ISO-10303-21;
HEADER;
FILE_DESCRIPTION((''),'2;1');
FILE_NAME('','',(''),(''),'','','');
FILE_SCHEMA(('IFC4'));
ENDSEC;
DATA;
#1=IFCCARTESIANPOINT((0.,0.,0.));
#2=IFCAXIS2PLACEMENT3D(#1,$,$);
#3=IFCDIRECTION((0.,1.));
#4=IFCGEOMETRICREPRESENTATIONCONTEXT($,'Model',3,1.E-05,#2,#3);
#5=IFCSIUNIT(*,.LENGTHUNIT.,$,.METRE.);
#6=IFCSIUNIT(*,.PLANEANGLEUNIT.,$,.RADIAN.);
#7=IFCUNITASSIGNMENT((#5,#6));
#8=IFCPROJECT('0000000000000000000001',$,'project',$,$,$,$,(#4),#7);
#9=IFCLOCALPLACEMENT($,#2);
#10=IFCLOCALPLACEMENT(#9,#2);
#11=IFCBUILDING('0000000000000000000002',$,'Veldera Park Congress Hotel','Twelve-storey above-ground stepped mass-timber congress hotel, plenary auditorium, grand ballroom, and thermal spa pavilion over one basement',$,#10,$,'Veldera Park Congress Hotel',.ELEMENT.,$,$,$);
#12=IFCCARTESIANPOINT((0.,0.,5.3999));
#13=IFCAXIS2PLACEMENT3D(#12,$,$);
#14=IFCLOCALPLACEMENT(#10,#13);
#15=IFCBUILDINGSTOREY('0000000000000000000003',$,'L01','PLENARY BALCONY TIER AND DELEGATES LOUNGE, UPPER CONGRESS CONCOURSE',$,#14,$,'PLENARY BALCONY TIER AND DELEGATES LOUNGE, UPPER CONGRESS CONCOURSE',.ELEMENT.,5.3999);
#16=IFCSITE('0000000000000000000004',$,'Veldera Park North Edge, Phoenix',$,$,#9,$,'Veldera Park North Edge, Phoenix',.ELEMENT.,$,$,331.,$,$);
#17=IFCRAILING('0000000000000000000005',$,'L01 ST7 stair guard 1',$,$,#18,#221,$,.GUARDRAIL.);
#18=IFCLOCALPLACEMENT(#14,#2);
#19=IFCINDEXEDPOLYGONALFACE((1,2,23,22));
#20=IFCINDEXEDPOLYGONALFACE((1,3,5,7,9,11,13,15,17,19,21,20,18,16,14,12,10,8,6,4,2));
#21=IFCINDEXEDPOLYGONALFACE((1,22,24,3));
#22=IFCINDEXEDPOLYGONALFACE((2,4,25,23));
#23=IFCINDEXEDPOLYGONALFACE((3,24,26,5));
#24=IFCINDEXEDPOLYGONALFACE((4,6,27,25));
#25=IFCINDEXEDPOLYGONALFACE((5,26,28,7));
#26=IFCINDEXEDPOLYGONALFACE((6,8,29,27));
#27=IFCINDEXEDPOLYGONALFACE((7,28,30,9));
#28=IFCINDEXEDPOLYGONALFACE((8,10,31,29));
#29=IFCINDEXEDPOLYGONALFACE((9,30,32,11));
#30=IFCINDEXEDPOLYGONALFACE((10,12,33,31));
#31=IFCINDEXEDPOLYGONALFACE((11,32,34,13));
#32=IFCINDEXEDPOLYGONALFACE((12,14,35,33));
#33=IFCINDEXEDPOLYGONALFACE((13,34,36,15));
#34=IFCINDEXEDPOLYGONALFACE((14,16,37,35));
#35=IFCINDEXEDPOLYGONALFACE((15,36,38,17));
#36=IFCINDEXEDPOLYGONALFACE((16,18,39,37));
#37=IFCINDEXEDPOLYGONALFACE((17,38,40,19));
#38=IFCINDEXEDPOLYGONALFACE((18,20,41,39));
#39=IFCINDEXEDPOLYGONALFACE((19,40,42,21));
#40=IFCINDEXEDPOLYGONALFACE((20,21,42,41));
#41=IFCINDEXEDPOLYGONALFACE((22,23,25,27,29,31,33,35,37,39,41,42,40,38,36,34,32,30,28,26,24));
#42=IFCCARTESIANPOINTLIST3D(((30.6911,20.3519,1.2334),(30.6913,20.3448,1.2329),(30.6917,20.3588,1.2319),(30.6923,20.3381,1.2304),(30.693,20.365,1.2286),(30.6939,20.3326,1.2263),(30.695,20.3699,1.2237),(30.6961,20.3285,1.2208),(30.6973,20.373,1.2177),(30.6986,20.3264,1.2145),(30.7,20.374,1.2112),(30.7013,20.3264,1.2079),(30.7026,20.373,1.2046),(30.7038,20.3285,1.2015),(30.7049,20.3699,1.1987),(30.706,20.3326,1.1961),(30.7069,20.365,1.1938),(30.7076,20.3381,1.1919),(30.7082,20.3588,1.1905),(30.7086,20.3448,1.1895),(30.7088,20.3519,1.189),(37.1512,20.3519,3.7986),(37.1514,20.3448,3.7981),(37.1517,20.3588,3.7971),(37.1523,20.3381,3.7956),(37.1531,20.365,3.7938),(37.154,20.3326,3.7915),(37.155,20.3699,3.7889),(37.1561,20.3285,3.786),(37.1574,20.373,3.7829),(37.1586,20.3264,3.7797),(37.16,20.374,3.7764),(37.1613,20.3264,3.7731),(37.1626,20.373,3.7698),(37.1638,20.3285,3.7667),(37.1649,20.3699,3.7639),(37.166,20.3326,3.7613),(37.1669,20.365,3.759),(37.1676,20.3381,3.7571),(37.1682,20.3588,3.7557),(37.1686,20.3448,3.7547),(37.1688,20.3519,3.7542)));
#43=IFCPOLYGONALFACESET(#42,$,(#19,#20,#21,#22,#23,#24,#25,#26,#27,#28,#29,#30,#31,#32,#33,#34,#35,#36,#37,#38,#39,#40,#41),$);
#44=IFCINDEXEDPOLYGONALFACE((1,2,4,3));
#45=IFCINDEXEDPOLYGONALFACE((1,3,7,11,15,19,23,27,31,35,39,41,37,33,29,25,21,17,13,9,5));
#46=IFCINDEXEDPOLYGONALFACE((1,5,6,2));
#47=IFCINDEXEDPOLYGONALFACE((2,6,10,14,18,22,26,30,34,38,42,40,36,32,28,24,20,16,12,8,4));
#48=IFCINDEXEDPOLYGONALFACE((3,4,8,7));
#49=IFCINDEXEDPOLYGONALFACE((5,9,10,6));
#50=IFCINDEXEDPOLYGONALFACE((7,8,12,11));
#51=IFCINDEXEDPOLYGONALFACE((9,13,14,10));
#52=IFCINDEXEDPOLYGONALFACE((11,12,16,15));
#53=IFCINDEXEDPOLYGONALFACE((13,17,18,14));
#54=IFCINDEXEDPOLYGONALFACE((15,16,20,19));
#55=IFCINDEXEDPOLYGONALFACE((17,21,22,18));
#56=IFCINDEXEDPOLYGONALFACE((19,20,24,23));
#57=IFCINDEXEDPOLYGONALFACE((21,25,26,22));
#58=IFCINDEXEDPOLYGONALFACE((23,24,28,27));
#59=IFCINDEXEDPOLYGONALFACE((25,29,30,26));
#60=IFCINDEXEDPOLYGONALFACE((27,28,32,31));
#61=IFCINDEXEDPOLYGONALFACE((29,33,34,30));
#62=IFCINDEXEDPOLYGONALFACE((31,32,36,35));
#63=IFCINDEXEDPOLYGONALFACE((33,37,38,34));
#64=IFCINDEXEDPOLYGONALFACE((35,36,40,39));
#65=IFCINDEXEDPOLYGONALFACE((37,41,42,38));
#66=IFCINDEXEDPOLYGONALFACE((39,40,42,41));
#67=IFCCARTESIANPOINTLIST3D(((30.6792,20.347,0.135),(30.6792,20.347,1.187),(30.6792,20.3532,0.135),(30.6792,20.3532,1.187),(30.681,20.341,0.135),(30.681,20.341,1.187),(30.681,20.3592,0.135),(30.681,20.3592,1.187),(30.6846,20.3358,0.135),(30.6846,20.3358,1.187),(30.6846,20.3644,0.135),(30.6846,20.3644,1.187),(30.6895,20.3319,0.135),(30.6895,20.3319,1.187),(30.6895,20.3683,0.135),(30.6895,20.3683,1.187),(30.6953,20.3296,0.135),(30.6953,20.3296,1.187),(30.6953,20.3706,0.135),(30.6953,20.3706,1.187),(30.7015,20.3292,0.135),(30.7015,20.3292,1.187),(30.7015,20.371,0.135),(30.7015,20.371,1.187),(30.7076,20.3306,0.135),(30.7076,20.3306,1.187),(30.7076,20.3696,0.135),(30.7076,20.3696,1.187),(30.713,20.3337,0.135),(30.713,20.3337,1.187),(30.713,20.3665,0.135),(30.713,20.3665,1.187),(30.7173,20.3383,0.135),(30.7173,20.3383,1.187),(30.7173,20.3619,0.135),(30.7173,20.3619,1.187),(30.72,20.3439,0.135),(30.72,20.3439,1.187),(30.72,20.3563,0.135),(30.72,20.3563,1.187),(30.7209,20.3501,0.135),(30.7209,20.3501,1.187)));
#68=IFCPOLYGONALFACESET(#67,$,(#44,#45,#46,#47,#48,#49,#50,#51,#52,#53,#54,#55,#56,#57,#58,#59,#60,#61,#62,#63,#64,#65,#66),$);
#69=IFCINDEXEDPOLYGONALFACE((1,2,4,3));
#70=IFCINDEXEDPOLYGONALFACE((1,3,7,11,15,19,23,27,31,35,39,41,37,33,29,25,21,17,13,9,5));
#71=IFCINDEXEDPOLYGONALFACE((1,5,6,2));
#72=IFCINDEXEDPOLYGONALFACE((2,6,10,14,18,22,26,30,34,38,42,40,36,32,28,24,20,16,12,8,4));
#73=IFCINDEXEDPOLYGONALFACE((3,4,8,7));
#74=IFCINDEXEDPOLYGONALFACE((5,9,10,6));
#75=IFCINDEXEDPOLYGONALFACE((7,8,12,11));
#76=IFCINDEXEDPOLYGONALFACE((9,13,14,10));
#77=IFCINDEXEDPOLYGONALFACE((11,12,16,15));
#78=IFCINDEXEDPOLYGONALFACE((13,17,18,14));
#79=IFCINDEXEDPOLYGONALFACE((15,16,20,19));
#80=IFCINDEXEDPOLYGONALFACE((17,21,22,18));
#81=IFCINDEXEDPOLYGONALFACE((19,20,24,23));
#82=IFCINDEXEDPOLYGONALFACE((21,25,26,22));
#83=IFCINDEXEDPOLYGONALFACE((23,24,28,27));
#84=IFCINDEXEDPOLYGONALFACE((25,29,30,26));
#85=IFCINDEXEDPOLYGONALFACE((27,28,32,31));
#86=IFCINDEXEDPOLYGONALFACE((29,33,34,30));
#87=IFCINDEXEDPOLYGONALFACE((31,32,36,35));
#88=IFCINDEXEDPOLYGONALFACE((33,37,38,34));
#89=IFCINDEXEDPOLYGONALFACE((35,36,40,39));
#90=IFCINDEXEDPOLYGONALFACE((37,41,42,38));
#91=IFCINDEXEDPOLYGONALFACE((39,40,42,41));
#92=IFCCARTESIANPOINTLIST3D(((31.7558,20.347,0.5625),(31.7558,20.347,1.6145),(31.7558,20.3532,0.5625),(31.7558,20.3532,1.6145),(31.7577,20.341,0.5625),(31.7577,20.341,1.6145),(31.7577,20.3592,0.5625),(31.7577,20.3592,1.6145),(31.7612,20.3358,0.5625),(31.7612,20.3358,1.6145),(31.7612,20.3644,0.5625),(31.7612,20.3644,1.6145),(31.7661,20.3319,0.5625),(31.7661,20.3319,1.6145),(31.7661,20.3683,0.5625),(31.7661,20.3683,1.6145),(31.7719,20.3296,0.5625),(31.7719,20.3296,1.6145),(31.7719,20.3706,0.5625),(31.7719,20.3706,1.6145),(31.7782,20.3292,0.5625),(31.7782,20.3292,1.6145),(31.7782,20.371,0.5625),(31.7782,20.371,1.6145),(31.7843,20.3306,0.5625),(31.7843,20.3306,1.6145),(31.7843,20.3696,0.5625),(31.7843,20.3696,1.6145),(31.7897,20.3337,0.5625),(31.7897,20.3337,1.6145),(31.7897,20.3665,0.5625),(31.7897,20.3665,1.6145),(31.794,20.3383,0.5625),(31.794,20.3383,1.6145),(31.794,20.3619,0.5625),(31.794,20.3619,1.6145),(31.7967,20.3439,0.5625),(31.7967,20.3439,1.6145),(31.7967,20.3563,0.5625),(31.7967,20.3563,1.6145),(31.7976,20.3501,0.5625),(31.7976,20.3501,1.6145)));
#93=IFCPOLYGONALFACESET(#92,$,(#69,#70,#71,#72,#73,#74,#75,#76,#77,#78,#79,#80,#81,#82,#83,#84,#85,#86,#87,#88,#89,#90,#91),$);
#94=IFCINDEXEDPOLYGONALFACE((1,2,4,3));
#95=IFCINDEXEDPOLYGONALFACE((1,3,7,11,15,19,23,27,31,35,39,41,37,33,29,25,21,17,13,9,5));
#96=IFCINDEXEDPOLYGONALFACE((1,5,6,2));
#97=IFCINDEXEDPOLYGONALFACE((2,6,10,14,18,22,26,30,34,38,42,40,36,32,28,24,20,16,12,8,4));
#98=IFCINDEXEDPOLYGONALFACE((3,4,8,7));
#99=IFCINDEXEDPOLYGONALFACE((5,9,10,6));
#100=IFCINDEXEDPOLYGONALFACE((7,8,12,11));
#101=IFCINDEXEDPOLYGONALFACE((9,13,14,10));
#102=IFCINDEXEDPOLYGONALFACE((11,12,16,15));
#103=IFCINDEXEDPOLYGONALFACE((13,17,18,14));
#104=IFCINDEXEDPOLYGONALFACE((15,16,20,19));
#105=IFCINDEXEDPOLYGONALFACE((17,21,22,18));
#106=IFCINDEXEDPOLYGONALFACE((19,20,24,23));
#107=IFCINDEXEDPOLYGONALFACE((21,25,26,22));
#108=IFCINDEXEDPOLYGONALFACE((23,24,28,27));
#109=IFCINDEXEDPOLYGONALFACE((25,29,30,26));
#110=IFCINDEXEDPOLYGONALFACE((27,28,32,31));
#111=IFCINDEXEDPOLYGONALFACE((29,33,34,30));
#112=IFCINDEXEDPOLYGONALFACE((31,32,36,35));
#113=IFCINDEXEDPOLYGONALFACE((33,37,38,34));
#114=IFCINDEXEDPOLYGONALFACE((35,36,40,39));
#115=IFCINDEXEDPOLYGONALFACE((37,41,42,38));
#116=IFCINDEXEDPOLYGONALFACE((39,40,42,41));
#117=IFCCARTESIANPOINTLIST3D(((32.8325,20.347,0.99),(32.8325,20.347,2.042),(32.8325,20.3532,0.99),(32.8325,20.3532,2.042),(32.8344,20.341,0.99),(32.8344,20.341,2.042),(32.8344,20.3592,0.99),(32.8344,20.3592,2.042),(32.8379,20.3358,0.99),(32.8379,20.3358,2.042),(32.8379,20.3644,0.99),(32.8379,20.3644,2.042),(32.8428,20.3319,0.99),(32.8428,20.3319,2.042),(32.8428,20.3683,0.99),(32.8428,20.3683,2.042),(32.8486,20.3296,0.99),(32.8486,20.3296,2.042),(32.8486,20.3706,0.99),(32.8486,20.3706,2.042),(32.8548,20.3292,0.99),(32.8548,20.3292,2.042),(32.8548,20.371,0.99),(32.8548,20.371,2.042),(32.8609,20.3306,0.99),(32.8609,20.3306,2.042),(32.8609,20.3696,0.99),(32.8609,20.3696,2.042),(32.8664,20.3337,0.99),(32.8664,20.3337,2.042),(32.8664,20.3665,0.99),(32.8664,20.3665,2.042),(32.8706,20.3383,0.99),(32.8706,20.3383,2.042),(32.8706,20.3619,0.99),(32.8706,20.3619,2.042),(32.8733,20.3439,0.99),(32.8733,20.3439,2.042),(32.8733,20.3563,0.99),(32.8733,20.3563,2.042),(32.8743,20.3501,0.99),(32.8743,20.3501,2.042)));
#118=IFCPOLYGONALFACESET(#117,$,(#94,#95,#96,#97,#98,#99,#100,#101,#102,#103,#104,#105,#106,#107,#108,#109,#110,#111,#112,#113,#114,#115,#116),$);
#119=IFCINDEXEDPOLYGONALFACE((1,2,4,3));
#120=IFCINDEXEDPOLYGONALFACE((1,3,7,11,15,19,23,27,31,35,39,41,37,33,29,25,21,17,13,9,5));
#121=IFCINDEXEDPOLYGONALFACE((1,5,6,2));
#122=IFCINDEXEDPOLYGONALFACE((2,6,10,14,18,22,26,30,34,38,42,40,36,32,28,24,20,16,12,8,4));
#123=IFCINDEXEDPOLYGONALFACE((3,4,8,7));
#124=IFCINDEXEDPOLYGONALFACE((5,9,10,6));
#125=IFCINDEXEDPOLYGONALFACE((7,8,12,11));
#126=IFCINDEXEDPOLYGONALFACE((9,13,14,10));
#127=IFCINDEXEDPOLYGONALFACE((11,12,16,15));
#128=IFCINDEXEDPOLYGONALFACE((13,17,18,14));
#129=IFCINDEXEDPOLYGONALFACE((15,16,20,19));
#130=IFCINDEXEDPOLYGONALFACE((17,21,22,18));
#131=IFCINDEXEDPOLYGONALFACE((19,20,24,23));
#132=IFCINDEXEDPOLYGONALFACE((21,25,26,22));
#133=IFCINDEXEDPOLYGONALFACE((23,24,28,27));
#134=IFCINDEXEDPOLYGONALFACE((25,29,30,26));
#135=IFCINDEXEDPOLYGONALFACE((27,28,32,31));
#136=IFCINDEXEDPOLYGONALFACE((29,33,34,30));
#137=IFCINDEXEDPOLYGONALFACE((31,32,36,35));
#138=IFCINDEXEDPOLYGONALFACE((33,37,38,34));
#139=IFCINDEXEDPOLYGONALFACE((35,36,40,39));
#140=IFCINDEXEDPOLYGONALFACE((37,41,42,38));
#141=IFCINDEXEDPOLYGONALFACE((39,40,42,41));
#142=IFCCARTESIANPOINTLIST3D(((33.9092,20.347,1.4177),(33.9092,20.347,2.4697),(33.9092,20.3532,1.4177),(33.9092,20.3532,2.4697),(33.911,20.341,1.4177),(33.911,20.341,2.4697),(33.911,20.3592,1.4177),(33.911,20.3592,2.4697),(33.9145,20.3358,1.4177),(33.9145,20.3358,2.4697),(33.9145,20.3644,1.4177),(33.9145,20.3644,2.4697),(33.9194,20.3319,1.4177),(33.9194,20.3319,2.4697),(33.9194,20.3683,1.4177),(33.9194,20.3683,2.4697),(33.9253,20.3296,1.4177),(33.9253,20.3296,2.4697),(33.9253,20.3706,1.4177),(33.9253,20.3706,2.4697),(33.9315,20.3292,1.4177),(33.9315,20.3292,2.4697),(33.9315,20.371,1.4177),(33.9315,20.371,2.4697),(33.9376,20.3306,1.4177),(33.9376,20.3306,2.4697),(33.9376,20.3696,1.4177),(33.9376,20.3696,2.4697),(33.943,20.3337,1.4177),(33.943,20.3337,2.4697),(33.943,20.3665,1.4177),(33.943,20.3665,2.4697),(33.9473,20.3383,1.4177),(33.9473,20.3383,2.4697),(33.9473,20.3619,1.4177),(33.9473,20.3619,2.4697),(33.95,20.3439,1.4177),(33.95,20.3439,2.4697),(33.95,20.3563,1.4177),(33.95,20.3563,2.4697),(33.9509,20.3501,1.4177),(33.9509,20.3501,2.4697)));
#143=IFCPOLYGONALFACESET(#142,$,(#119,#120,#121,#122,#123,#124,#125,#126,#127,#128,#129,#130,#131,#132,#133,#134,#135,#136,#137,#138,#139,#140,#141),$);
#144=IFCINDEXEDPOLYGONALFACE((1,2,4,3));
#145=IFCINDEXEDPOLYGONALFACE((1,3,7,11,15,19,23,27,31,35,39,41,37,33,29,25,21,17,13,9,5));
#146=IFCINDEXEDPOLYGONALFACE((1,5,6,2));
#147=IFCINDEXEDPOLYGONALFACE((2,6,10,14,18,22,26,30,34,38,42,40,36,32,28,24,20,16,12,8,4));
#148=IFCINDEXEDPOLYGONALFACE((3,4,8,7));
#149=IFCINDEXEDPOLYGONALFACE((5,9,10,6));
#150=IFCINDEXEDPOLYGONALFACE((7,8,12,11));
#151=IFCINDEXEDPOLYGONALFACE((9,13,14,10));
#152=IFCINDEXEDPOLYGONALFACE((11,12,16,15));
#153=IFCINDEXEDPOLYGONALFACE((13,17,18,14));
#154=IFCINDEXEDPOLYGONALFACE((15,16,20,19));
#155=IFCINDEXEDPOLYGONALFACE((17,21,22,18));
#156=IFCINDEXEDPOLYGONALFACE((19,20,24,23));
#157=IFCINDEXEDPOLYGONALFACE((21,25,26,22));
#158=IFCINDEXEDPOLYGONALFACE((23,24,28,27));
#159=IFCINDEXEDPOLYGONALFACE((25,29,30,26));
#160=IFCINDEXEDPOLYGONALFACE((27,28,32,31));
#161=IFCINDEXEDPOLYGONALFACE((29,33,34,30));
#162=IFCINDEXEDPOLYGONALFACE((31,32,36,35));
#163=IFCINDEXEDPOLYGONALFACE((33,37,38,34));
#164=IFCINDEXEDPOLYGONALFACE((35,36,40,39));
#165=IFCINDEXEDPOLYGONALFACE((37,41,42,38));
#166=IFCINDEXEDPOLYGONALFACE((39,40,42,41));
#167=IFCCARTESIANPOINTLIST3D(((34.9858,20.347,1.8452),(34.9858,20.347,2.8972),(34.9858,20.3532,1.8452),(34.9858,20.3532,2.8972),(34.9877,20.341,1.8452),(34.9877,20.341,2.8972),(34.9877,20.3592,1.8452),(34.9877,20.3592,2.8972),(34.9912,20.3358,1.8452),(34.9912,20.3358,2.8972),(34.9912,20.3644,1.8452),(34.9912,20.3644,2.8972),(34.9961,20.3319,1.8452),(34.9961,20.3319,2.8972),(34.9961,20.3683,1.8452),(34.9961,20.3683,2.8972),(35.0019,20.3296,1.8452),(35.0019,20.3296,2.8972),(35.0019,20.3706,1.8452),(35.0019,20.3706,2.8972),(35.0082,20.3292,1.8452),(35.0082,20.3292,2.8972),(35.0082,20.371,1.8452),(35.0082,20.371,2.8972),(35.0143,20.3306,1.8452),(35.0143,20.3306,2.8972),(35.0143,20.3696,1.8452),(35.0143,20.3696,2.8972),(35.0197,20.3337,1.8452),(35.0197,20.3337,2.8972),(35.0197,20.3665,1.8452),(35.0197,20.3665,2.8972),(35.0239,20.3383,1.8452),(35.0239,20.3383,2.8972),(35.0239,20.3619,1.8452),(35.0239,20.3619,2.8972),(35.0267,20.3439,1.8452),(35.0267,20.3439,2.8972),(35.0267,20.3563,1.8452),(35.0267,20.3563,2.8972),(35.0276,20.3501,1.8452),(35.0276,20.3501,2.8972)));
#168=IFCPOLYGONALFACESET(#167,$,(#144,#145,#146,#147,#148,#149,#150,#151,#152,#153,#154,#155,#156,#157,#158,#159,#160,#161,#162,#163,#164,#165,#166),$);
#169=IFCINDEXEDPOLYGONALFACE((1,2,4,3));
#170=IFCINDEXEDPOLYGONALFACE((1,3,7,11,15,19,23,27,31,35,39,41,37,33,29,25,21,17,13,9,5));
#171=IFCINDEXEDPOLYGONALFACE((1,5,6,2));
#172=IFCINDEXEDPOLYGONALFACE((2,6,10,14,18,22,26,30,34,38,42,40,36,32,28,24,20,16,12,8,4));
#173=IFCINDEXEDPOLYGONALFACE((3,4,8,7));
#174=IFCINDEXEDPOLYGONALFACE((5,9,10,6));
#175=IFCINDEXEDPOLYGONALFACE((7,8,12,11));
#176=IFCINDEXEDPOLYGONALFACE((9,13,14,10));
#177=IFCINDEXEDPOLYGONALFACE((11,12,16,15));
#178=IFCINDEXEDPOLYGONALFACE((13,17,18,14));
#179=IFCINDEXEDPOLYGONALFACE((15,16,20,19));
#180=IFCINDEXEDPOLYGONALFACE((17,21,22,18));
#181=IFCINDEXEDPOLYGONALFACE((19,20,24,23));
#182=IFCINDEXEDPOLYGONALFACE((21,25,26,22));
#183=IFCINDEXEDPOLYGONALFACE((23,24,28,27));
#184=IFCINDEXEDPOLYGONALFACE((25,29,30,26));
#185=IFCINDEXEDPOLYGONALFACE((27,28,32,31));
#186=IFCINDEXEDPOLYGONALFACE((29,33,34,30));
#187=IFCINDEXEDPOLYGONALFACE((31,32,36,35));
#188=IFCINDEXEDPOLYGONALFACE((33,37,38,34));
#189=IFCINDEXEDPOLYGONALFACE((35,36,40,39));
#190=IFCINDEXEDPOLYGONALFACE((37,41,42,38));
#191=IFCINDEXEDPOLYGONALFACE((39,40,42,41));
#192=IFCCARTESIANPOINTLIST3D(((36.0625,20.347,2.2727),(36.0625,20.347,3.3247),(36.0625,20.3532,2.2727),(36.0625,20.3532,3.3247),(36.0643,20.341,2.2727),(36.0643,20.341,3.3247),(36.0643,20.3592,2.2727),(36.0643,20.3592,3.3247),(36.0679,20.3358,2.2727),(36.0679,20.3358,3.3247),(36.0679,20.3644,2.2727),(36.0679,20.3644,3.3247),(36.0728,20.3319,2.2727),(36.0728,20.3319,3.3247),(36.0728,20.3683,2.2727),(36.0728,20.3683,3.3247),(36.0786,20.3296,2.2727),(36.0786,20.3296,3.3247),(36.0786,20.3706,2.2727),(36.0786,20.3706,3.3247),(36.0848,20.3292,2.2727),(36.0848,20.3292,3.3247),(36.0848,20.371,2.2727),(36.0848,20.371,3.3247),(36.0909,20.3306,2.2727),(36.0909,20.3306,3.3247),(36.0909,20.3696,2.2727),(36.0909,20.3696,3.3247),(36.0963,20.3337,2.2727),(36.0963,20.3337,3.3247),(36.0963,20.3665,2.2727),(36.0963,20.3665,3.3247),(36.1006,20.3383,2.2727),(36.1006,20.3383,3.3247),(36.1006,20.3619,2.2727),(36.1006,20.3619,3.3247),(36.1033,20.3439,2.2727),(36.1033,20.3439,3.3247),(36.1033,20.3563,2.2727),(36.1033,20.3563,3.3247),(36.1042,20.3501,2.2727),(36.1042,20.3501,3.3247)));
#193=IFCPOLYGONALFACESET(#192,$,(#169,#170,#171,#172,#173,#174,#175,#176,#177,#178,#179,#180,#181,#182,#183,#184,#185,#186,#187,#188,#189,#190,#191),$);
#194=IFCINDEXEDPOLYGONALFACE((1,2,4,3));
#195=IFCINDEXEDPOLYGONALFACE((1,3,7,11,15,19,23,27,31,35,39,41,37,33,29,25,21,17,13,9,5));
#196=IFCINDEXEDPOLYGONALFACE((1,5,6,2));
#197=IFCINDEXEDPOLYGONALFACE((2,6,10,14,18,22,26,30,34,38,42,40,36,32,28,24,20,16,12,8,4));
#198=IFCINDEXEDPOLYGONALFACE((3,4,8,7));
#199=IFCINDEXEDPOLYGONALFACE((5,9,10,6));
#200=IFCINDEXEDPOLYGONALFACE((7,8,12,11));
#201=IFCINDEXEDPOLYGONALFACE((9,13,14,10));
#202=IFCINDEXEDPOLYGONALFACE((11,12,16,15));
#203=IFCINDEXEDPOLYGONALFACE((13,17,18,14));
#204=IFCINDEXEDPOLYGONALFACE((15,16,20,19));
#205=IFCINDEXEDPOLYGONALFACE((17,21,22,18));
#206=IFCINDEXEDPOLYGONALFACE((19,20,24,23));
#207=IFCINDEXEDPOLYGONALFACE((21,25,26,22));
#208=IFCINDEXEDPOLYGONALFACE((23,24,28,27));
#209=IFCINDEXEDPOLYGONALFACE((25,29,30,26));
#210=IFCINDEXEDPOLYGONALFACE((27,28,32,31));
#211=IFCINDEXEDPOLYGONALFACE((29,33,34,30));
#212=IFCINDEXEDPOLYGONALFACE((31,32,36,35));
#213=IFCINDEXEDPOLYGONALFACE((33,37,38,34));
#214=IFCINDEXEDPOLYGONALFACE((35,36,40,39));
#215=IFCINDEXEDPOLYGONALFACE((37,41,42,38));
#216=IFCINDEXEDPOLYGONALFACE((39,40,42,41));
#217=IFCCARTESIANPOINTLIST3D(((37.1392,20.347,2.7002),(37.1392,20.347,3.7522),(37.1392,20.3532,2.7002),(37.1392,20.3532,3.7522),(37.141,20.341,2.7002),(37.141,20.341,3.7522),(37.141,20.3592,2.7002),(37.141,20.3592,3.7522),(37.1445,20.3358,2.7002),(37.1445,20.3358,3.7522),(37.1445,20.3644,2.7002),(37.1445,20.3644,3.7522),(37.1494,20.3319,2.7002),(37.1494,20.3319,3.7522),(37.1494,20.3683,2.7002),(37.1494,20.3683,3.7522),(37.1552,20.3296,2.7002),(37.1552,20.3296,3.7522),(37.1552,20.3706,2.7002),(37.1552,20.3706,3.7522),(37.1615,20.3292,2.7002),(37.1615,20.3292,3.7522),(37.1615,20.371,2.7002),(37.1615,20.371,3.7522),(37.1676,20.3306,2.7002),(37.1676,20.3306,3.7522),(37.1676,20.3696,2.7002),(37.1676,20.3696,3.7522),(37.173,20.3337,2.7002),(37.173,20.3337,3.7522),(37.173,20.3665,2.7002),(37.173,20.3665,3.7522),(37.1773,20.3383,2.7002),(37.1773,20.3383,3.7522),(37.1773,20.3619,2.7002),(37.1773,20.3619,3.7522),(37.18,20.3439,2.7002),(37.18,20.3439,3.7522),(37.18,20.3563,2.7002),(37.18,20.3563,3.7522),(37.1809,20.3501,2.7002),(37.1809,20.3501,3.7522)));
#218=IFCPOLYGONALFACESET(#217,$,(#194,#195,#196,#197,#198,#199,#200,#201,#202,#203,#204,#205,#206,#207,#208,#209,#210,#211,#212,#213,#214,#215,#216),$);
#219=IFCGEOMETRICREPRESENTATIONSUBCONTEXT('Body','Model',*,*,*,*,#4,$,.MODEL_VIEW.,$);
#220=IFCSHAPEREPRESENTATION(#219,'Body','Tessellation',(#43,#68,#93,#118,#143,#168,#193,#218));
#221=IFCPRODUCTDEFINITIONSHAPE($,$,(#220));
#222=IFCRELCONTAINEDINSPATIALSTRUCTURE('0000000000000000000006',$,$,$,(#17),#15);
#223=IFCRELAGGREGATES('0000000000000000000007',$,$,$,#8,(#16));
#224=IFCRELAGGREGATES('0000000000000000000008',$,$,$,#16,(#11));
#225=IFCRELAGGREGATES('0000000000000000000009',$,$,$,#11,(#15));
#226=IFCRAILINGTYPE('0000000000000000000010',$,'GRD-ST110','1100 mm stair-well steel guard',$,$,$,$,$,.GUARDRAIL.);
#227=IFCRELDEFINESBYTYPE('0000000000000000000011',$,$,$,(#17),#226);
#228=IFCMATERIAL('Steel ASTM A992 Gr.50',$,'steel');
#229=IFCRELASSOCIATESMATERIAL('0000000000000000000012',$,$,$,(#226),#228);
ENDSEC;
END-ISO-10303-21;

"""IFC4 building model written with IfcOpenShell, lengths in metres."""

from ifc_helpers import new_model, si_unit, direction, frame, origin, origin_2d, place, context, subcontext, project, spatial, circle, extrude, material, type_object, element, save


model = new_model("IFC4")

# Units and contexts
model_context = context("Model", 3, precision=1e-05, world=origin(), true_north=direction((0.0, 1.0)))
body_context = subcontext(model_context, "Body", "Model", "MODEL_VIEW")
ifc_project = project(units=[si_unit("LENGTHUNIT", "METRE"), si_unit("PLANEANGLEUNIT", "RADIAN")], contexts=[model_context])

# Site, building, storey
site_placement = place(None, origin())
site = spatial("IfcSite", under=ifc_project, at=site_placement, Name="Veldera Park North Edge, Phoenix", LongName="Veldera Park North Edge, Phoenix", CompositionType="ELEMENT", RefElevation=331.0)
building_placement = place(site_placement, origin())
building = spatial("IfcBuilding", under=site, at=building_placement, Name="Veldera Park Congress Hotel", Description="Twelve-storey above-ground stepped mass-timber congress hotel, plenary auditorium, grand ballroom, and thermal spa pavilion over one basement", LongName="Veldera Park Congress Hotel", CompositionType="ELEMENT")
storey_placement = place(building_placement, frame((0.0, 0.0, 5.3999)))
storey = spatial("IfcBuildingStorey", under=building, at=storey_placement, Name="L01", Description="PLENARY BALCONY TIER AND DELEGATES LOUNGE, UPPER CONGRESS CONCOURSE", LongName="PLENARY BALCONY TIER AND DELEGATES LOUNGE, UPPER CONGRESS CONCOURSE", CompositionType="ELEMENT", Elevation=5.3999)

# Shared definitions
ifc_material_1 = material(Name="Steel ASTM A992 Gr.50", Category="steel")

# Railing
railing_type_1 = type_object("IfcRailingType", Name="GRD-ST110", Description="1100 mm stair-well steel guard", PredefinedType="GUARDRAIL", material=ifc_material_1)
railing_1_placement = place(storey_placement, frame((30.7, 20.3501, 0.135)))
element("IfcRailing", 1, at=railing_1_placement, inside=storey, type_object=railing_type_1, Name="L01 ST7 stair guard 1", PredefinedType="GUARDRAIL", context=body_context, shape_type="SweptSolid", body=[
    extrude(circle(Radius=0.0239, at=origin_2d()), frame((0.0, 0.0, 1.0762), z_axis=(0.929406, 0.0, 0.369058), x_axis=(0.0, 1.0, 0.0)), (0.0, 0.0, 1.0), 6.9507),
    extrude(circle(Radius=0.021, at=origin_2d()), origin(), (0.0, 0.0, 1.0), 1.052),
    extrude(circle(Radius=0.021, at=origin_2d()), frame((1.0767, 0.0, 0.4275)), (0.0, 0.0, 1.0), 1.052),
    extrude(circle(Radius=0.021, at=origin_2d()), frame((2.1533, 0.0, 0.855)), (0.0, 0.0, 1.0), 1.052),
    extrude(circle(Radius=0.021, at=origin_2d()), frame((3.23, 0.0, 1.2827)), (0.0, 0.0, 1.0), 1.052),
    extrude(circle(Radius=0.021, at=origin_2d()), frame((4.3066, 0.0, 1.7102)), (0.0, 0.0, 1.0), 1.052),
    extrude(circle(Radius=0.021, at=origin_2d()), frame((5.3833, 0.0, 2.1377)), (0.0, 0.0, 1.0), 1.052),
    extrude(circle(Radius=0.021, at=origin_2d()), frame((6.46, 0.0, 2.5652)), (0.0, 0.0, 1.0), 1.052),
])

save(model, "model.ifc")
